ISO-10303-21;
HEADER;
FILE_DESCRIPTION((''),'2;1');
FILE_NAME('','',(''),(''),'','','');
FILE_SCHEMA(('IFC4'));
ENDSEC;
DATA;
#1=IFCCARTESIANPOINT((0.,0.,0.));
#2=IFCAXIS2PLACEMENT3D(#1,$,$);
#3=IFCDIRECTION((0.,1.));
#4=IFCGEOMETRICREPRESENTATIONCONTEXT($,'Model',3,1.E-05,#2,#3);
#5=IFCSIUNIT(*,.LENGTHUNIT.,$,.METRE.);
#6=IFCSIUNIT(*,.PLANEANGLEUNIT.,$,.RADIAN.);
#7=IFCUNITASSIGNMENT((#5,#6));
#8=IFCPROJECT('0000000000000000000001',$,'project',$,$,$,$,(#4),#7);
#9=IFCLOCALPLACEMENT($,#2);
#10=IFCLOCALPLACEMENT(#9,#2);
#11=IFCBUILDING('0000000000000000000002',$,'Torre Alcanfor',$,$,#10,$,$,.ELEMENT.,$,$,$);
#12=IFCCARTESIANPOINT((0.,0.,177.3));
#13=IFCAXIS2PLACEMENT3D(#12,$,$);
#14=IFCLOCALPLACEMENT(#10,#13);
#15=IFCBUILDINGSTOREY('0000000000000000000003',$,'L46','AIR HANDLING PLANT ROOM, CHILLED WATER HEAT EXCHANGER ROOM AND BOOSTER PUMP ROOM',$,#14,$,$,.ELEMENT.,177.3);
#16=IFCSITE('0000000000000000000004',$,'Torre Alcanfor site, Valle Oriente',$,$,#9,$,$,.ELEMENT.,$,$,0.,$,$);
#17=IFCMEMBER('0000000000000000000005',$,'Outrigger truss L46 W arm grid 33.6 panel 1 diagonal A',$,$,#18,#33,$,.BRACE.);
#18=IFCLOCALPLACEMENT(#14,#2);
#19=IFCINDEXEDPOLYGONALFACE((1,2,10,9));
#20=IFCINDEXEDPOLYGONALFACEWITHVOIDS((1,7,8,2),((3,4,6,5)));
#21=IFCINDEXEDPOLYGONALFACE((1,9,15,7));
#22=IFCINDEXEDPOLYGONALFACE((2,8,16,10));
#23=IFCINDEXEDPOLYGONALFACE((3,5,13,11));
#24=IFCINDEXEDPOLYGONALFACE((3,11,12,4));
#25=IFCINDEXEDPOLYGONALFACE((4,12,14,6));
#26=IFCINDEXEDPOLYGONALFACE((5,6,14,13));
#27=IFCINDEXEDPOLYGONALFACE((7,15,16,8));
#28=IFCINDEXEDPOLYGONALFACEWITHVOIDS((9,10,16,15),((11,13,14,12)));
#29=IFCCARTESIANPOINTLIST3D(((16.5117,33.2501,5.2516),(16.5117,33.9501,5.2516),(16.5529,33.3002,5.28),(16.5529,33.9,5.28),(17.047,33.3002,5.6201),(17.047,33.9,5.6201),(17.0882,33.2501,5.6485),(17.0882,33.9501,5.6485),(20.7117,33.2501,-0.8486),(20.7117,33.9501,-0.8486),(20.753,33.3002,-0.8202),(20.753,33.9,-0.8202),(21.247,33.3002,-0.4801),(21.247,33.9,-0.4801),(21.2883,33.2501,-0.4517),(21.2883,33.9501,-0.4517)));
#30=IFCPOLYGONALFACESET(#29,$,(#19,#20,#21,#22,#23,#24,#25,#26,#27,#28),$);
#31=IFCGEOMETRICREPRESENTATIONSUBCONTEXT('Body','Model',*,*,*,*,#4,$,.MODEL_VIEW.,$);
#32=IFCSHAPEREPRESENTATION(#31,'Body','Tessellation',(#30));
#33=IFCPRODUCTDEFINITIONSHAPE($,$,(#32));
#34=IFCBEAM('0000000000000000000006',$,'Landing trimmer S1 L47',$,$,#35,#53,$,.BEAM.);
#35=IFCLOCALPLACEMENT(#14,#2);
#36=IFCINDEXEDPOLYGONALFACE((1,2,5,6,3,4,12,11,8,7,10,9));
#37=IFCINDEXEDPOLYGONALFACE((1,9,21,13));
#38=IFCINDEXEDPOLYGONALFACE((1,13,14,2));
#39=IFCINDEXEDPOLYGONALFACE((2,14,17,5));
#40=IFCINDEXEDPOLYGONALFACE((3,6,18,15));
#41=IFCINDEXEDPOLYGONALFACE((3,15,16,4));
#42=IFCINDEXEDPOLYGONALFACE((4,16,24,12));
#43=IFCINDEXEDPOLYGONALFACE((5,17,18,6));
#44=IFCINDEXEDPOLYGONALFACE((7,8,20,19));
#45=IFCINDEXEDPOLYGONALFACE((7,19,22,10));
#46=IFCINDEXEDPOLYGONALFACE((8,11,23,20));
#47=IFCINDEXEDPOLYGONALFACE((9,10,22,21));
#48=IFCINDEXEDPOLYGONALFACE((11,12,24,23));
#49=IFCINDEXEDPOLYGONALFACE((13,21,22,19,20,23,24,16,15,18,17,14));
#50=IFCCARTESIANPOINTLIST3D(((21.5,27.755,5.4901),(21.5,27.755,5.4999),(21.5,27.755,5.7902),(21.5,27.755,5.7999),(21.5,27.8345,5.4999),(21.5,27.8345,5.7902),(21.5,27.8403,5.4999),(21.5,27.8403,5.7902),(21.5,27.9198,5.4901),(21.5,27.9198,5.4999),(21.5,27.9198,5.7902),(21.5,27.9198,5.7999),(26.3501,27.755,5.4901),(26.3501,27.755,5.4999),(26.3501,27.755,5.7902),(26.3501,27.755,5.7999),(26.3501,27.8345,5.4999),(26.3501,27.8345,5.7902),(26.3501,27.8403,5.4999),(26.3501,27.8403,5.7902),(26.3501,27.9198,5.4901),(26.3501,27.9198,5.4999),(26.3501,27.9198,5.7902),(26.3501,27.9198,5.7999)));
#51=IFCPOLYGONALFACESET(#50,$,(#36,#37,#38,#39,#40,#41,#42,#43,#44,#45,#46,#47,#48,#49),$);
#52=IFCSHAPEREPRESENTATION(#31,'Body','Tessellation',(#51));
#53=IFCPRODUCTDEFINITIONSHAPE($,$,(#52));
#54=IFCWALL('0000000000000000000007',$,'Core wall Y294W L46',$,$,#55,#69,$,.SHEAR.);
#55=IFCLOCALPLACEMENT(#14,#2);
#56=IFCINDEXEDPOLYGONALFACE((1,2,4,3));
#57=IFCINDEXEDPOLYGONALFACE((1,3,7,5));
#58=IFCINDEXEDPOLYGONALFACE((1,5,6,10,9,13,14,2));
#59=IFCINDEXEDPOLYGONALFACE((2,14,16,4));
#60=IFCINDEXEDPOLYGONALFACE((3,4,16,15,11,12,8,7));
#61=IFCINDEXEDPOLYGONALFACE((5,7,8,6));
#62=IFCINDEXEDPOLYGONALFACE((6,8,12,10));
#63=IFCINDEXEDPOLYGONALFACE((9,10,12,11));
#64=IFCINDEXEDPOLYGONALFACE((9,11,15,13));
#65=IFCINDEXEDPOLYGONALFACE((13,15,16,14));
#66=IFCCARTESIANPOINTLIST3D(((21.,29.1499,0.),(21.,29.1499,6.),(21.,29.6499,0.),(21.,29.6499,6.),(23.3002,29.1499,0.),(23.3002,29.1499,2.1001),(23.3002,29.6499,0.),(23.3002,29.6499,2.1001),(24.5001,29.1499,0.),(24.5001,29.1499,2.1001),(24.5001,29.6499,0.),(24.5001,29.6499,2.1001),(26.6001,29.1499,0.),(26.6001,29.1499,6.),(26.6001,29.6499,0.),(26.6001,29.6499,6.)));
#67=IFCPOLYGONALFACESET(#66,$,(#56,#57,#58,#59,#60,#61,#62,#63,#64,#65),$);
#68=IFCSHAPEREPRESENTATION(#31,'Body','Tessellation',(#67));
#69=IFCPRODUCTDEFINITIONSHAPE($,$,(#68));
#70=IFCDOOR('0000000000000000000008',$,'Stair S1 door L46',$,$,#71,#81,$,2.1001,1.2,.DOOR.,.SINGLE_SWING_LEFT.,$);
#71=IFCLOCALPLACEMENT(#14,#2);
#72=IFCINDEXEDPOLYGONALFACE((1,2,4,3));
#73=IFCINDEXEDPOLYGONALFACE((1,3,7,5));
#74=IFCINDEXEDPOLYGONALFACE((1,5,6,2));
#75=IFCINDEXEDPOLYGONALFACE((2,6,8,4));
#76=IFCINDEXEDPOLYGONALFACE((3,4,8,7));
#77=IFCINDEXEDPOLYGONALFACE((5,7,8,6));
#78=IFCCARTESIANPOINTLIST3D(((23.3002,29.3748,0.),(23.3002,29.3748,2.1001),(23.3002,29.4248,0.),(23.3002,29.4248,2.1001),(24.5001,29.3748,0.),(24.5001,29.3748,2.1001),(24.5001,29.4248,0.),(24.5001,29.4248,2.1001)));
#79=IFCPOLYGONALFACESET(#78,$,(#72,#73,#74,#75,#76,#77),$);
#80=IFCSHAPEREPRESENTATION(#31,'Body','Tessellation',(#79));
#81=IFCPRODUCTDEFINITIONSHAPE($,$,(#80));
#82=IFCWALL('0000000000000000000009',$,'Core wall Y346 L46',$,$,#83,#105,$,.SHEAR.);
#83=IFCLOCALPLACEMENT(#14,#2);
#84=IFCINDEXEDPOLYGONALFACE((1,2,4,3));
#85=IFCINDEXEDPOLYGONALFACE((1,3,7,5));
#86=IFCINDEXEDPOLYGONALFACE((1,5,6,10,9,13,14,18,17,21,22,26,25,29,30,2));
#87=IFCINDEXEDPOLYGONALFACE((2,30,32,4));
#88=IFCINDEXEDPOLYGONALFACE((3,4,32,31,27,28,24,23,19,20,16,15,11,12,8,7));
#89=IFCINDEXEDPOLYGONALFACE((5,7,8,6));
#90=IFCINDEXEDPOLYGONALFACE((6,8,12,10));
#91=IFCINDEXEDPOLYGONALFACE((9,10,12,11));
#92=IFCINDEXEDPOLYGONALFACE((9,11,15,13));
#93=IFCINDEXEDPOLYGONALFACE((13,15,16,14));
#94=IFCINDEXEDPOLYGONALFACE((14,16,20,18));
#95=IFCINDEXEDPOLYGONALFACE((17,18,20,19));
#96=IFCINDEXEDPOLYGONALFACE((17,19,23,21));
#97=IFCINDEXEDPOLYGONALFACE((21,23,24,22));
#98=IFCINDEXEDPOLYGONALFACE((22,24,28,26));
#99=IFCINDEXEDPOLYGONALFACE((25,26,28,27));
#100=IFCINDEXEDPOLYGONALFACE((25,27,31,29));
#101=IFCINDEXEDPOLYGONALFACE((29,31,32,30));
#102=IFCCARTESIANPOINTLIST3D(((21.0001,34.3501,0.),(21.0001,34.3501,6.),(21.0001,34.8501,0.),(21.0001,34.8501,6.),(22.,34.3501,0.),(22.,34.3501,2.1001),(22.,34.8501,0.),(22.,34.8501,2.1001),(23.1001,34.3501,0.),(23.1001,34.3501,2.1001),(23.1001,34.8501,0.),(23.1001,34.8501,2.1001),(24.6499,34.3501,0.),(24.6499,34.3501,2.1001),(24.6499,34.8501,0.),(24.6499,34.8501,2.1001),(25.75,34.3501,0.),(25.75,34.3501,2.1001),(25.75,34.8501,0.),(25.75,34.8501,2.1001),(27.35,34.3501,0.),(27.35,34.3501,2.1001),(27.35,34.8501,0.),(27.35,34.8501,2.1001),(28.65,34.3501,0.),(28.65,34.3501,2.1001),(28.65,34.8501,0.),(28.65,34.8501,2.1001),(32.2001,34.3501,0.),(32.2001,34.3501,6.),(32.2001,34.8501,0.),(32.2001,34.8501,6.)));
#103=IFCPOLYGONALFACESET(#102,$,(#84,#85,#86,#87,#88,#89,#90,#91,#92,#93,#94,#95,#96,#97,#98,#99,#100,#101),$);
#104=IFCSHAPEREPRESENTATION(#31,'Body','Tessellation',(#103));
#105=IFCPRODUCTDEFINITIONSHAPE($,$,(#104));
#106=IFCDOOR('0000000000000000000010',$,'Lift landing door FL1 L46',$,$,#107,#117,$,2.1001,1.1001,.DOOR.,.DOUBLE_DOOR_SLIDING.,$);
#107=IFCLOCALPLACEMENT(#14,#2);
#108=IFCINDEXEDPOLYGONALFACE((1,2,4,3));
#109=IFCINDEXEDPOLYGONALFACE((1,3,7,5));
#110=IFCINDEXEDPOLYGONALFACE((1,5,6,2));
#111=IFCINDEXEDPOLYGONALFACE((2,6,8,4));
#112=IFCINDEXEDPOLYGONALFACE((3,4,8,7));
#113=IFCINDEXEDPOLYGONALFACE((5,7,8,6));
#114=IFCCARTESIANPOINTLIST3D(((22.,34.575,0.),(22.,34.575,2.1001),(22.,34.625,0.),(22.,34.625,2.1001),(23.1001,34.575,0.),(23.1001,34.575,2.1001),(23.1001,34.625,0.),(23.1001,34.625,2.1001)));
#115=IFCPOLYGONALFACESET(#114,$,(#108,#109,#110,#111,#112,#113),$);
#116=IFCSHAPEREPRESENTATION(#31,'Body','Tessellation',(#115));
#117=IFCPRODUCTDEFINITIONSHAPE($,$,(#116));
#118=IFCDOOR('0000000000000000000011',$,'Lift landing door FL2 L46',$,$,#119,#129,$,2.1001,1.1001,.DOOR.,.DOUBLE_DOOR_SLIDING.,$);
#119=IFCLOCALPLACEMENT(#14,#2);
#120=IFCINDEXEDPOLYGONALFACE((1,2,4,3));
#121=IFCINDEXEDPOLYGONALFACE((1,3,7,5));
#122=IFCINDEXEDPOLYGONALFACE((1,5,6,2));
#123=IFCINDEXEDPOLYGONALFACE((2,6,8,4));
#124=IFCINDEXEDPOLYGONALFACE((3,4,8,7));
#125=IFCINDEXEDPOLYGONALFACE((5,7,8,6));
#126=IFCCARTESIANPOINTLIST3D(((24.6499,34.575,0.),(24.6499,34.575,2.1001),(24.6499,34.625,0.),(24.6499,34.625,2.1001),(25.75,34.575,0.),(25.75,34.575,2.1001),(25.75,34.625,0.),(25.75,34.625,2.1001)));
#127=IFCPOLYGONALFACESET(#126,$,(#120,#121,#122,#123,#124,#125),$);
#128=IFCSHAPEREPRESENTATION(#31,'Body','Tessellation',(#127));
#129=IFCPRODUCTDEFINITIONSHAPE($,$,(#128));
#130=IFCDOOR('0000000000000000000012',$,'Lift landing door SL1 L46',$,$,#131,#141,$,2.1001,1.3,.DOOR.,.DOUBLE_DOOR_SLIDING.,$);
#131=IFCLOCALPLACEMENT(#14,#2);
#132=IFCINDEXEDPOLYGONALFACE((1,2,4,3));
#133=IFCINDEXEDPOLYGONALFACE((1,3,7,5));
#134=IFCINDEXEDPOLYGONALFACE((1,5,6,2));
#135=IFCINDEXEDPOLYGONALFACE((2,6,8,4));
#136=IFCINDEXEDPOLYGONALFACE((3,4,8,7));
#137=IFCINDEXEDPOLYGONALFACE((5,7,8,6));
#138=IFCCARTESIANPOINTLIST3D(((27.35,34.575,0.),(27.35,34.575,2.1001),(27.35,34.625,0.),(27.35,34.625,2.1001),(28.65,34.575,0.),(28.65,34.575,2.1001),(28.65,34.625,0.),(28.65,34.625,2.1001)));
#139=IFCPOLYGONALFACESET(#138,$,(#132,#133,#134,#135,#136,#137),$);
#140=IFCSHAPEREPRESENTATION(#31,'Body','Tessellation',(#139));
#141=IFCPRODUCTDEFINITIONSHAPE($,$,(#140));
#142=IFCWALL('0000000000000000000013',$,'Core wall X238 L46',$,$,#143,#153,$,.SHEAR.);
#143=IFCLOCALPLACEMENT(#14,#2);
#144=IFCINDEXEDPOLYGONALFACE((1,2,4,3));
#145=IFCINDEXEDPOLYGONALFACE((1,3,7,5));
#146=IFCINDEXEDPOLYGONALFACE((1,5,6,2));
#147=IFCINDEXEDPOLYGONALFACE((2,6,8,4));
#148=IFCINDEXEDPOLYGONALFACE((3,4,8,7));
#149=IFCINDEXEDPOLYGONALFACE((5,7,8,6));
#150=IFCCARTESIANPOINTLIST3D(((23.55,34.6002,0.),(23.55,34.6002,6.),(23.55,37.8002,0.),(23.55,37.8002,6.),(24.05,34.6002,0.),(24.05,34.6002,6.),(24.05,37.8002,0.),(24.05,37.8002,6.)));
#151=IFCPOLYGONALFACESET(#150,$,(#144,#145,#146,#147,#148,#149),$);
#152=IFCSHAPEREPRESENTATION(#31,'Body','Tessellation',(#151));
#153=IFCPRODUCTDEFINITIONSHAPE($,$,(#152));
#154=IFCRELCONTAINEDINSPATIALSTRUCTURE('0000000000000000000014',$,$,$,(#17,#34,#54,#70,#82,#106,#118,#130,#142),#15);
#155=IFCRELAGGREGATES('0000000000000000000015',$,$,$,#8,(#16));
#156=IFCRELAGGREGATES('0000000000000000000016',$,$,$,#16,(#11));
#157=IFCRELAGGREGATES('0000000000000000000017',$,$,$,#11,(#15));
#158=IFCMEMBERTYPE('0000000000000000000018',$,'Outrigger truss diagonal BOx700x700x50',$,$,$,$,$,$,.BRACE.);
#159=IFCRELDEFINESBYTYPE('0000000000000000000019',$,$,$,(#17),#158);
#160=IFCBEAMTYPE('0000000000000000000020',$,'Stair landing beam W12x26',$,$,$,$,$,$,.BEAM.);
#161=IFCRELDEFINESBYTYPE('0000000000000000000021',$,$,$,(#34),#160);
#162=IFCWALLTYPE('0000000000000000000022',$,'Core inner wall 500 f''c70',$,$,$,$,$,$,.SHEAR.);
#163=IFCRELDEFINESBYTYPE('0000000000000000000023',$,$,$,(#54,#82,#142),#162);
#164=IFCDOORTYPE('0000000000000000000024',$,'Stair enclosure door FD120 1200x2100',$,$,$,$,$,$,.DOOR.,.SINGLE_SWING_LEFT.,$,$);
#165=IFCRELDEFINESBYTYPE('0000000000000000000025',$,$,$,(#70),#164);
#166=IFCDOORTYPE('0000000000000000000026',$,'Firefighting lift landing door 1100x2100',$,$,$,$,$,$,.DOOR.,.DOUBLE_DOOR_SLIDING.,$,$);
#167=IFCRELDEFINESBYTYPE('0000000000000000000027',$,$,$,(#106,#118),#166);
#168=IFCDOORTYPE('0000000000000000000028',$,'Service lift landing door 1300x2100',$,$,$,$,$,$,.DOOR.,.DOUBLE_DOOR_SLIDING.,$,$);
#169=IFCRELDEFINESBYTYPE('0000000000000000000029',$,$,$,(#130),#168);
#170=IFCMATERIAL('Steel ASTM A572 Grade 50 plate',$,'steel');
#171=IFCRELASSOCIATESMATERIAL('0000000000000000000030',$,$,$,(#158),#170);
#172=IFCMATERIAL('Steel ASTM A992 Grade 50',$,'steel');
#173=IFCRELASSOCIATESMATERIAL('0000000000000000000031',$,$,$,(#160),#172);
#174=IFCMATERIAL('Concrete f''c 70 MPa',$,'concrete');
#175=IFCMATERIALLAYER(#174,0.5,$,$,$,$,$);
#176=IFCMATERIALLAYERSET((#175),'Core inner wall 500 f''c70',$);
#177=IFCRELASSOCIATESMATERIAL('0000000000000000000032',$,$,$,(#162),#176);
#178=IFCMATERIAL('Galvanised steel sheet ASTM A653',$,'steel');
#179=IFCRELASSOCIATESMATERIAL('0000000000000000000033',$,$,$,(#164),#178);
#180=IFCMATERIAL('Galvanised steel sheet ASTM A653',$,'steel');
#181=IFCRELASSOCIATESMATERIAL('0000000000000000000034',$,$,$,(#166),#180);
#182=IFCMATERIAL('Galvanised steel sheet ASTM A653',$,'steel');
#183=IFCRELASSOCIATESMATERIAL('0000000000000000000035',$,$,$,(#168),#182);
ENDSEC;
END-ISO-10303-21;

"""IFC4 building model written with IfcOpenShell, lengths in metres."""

from ifc_helpers import new_model, si_unit, direction, frame, frame_2d, origin, origin_2d, place, context, subcontext, project, spatial, rectangle, hollow_rectangle, i_section, extrude, material, layer, layer_set, material_profile, profile_set, type_object, element, fill, save


model = new_model("IFC4")

# Units and contexts
model_context = context("Model", 3, precision=1e-05, world=origin(), true_north=direction((0.0, 1.0)))
body_context = subcontext(model_context, "Body", "Model", "MODEL_VIEW")
ifc_project = project(units=[si_unit("LENGTHUNIT", "METRE"), si_unit("PLANEANGLEUNIT", "RADIAN")], contexts=[model_context])

# Site, building, storey
site_placement = place(None, origin())
site = spatial("IfcSite", under=ifc_project, at=site_placement, Name="Torre Alcanfor site, Valle Oriente", CompositionType="ELEMENT", RefElevation=0.0)
building_placement = place(site_placement, origin())
building = spatial("IfcBuilding", under=site, at=building_placement, Name="Torre Alcanfor", CompositionType="ELEMENT")
storey_placement = place(building_placement, frame((0.0, 0.0, 177.3)))
storey = spatial("IfcBuildingStorey", under=building, at=storey_placement, Name="L46", Description="AIR HANDLING PLANT ROOM, CHILLED WATER HEAT EXCHANGER ROOM AND BOOSTER PUMP ROOM", CompositionType="ELEMENT", Elevation=177.3)

# Member
ifc_material_1 = material(Name="Steel ASTM A572 Grade 50 plate", Category="steel")
ifc_material_profile_1 = material_profile(ifc_material_1, hollow_rectangle(XDim=0.7, YDim=0.7, WallThickness=0.05, at=origin_2d()), Name="BOX 700x700x50")
ifc_profile_set_1 = profile_set([ifc_material_profile_1], Name="Steel ASTM A572 Grade 50 plate")
member_type = type_object("IfcMemberType", Name="Outrigger truss diagonal BOx700x700x50", PredefinedType="BRACE", material=ifc_profile_set_1)
member_placement = place(storey_placement, frame((21.0, 33.6001, -0.6501), z_axis=(-0.567091, 0.0, 0.823655), x_axis=(0.0, -1.0, 0.0)))
element("IfcMember", 1, at=member_placement, inside=storey, type_object=member_type, Name="Outrigger truss L46 W arm grid 33.6 panel 1 diagonal A", PredefinedType="BRACE", context=body_context, shape_type="SweptSolid", body=[
    extrude(hollow_rectangle(XDim=0.7, YDim=0.7, WallThickness=0.05, at=origin_2d()), origin(), (0.0, 0.0, 1.0), 7.4062),
])

# Beam
ifc_material_2 = material(Name="Steel ASTM A992 Grade 50", Category="steel")
ifc_material_profile_2 = material_profile(ifc_material_2, i_section(OverallWidth=0.1648, OverallDepth=0.3098, WebThickness=0.0059, FlangeThickness=0.0098, at=origin_2d()), Name="W12x26")
ifc_profile_set_2 = profile_set([ifc_material_profile_2], Name="Steel ASTM A992 Grade 50")
beam_type = type_object("IfcBeamType", Name="Stair landing beam W12x26", PredefinedType="BEAM", material=ifc_profile_set_2)
beam_placement = place(storey_placement, frame((21.5, 27.8374, 5.645), z_axis=(1.0, 0.0, 0.0), x_axis=(0.0, 1.0, 0.0)))
element("IfcBeam", 2, at=beam_placement, inside=storey, type_object=beam_type, Name="Landing trimmer S1 L47", PredefinedType="BEAM", context=body_context, shape_type="SweptSolid", body=[
    extrude(i_section(OverallWidth=0.1648, OverallDepth=0.3098, WebThickness=0.0059, FlangeThickness=0.0098, at=origin_2d()), origin(), (0.0, 0.0, 1.0), 4.8501),
])

# Wall, opening, door
ifc_material_3 = material(Name="Concrete f'c 70 MPa", Category="concrete")
ifc_layer_1 = layer(ifc_material_3, 0.5)
ifc_layer_set_1 = layer_set([ifc_layer_1], Name="Core inner wall 500 f'c70")
wall_type_1 = type_object("IfcWallType", Name="Core inner wall 500 f'c70", PredefinedType="SHEAR", material=ifc_layer_set_1)
wall_1_placement = place(storey_placement, frame((21.0, 29.3999, 0.0), z_axis=(0.0, 0.0, 1.0), x_axis=(1.0, 0.0, 0.0)))
wall_1 = element("IfcWall", 3, at=wall_1_placement, inside=storey, type_object=wall_type_1, Name="Core wall Y294W L46", PredefinedType="SHEAR", context=body_context, shape_type="SweptSolid", body=[
    extrude(rectangle(XDim=5.6001, YDim=0.5, at=frame_2d((2.8, 0.0))), origin(), (0.0, 0.0, 1.0), 6.0),
])
opening_1_placement = place(wall_1_placement, frame((2.3, 0.0, 0.0)))
opening_1 = element("IfcOpeningElement", 4, at=opening_1_placement, cuts=wall_1, PredefinedType="OPENING", context=body_context, shape_type="SweptSolid", body=[
    extrude(rectangle(XDim=1.2, YDim=2.1001, at=frame_2d((0.6001, 1.05))), frame((0.0, 0.26, 0.0), z_axis=(0.0, -1.0, 0.0), x_axis=(1.0, 0.0, 0.0)), (0.0, 0.0, 1.0), 0.52),
])
ifc_material_4 = material(Name="Galvanised steel sheet ASTM A653", Category="steel")
door_type_1 = type_object("IfcDoorType", Name="Stair enclosure door FD120 1200x2100", OperationType="SINGLE_SWING_LEFT", PredefinedType="DOOR", material=ifc_material_4)
door_1_placement = place(opening_1_placement, frame((1.2, 0.0, 0.0), z_axis=(0.0, 0.0, 1.0), x_axis=(-1.0, 0.0, 0.0)))
door_1 = element("IfcDoor", 5, at=door_1_placement, inside=storey, type_object=door_type_1, Name="Stair S1 door L46", OperationType="SINGLE_SWING_LEFT", OverallHeight=2.1001, OverallWidth=1.2, PredefinedType="DOOR", context=body_context, shape_type="SweptSolid", body=[
    extrude(rectangle(XDim=1.2, YDim=2.1001, at=frame_2d((0.5999, 1.05))), frame((0.0, 0.0251, 0.0), z_axis=(0.0, -1.0, 0.0), x_axis=(1.0, 0.0, 0.0)), (0.0, 0.0, 1.0), 0.05),
])
fill(opening_1, door_1)

# Wall, openings, doors
wall_2_placement = place(storey_placement, frame((21.0, 34.6001, 0.0), z_axis=(0.0, 0.0, 1.0), x_axis=(1.0, 0.0, 0.0)))
wall_2 = element("IfcWall", 6, at=wall_2_placement, inside=storey, type_object=wall_type_1, Name="Core wall Y346 L46", PredefinedType="SHEAR", context=body_context, shape_type="SweptSolid", body=[
    extrude(rectangle(XDim=11.2, YDim=0.5, at=frame_2d((5.6001, 0.0))), origin(), (0.0, 0.0, 1.0), 6.0),
])
opening_2_placement = place(wall_2_placement, frame((1.0, 0.0, 0.0)))
opening_2 = element("IfcOpeningElement", 7, at=opening_2_placement, cuts=wall_2, PredefinedType="OPENING", context=body_context, shape_type="SweptSolid", body=[
    extrude(rectangle(XDim=1.1001, YDim=2.1001, at=frame_2d((0.55, 1.05))), frame((0.0, 0.26, 0.0), z_axis=(0.0, -1.0, 0.0), x_axis=(1.0, 0.0, 0.0)), (0.0, 0.0, 1.0), 0.52),
])
opening_3_placement = place(wall_2_placement, frame((3.6499, 0.0, 0.0)))
opening_3 = element("IfcOpeningElement", 8, at=opening_3_placement, cuts=wall_2, PredefinedType="OPENING", context=body_context, shape_type="SweptSolid", body=[
    extrude(rectangle(XDim=1.1001, YDim=2.1001, at=frame_2d((0.55, 1.05))), frame((0.0, 0.26, 0.0), z_axis=(0.0, -1.0, 0.0), x_axis=(1.0, 0.0, 0.0)), (0.0, 0.0, 1.0), 0.52),
])
opening_4_placement = place(wall_2_placement, frame((6.3501, 0.0, 0.0)))
opening_4 = element("IfcOpeningElement", 9, at=opening_4_placement, cuts=wall_2, PredefinedType="OPENING", context=body_context, shape_type="SweptSolid", body=[
    extrude(rectangle(XDim=1.3, YDim=2.1001, at=frame_2d((0.6499, 1.05))), frame((0.0, 0.26, 0.0), z_axis=(0.0, -1.0, 0.0), x_axis=(1.0, 0.0, 0.0)), (0.0, 0.0, 1.0), 0.52),
])
ifc_material_5 = material(Name="Galvanised steel sheet ASTM A653", Category="steel")
door_type_2 = type_object("IfcDoorType", Name="Firefighting lift landing door 1100x2100", OperationType="DOUBLE_DOOR_SLIDING", PredefinedType="DOOR", material=ifc_material_5)
door_2_placement = place(opening_2_placement, origin())
door_2 = element("IfcDoor", 10, at=door_2_placement, inside=storey, type_object=door_type_2, Name="Lift landing door FL1 L46", OperationType="DOUBLE_DOOR_SLIDING", OverallHeight=2.1001, OverallWidth=1.1001, PredefinedType="DOOR", context=body_context, shape_type="SweptSolid", body=[
    extrude(rectangle(XDim=1.1001, YDim=2.1001, at=frame_2d((0.55, 1.05))), frame((0.0, 0.0249, 0.0), z_axis=(0.0, -1.0, 0.0), x_axis=(1.0, 0.0, 0.0)), (0.0, 0.0, 1.0), 0.05),
])
fill(opening_2, door_2)
door_3_placement = place(opening_3_placement, origin())
door_3 = element("IfcDoor", 11, at=door_3_placement, inside=storey, type_object=door_type_2, Name="Lift landing door FL2 L46", OperationType="DOUBLE_DOOR_SLIDING", OverallHeight=2.1001, OverallWidth=1.1001, PredefinedType="DOOR", context=body_context, shape_type="SweptSolid", body=[
    extrude(rectangle(XDim=1.1001, YDim=2.1001, at=frame_2d((0.55, 1.05))), frame((0.0, 0.0249, 0.0), z_axis=(0.0, -1.0, 0.0), x_axis=(1.0, 0.0, 0.0)), (0.0, 0.0, 1.0), 0.05),
])
fill(opening_3, door_3)
ifc_material_6 = material(Name="Galvanised steel sheet ASTM A653", Category="steel")
door_type_3 = type_object("IfcDoorType", Name="Service lift landing door 1300x2100", OperationType="DOUBLE_DOOR_SLIDING", PredefinedType="DOOR", material=ifc_material_6)
door_4_placement = place(opening_4_placement, origin())
door_4 = element("IfcDoor", 12, at=door_4_placement, inside=storey, type_object=door_type_3, Name="Lift landing door SL1 L46", OperationType="DOUBLE_DOOR_SLIDING", OverallHeight=2.1001, OverallWidth=1.3, PredefinedType="DOOR", context=body_context, shape_type="SweptSolid", body=[
    extrude(rectangle(XDim=1.3, YDim=2.1001, at=frame_2d((0.6499, 1.05))), frame((0.0, 0.0249, 0.0), z_axis=(0.0, -1.0, 0.0), x_axis=(1.0, 0.0, 0.0)), (0.0, 0.0, 1.0), 0.05),
])
fill(opening_4, door_4)

# Wall
wall_3_placement = place(storey_placement, frame((23.8, 34.6001, 0.0), z_axis=(0.0, 0.0, 1.0), x_axis=(0.0, 1.0, 0.0)))
element("IfcWall", 13, at=wall_3_placement, inside=storey, type_object=wall_type_1, Name="Core wall X238 L46", PredefinedType="SHEAR", context=body_context, shape_type="SweptSolid", body=[
    extrude(rectangle(XDim=3.2, YDim=0.5, at=frame_2d((1.6001, 0.0))), origin(), (0.0, 0.0, 1.0), 6.0),
])

save(model, "model.ifc")
